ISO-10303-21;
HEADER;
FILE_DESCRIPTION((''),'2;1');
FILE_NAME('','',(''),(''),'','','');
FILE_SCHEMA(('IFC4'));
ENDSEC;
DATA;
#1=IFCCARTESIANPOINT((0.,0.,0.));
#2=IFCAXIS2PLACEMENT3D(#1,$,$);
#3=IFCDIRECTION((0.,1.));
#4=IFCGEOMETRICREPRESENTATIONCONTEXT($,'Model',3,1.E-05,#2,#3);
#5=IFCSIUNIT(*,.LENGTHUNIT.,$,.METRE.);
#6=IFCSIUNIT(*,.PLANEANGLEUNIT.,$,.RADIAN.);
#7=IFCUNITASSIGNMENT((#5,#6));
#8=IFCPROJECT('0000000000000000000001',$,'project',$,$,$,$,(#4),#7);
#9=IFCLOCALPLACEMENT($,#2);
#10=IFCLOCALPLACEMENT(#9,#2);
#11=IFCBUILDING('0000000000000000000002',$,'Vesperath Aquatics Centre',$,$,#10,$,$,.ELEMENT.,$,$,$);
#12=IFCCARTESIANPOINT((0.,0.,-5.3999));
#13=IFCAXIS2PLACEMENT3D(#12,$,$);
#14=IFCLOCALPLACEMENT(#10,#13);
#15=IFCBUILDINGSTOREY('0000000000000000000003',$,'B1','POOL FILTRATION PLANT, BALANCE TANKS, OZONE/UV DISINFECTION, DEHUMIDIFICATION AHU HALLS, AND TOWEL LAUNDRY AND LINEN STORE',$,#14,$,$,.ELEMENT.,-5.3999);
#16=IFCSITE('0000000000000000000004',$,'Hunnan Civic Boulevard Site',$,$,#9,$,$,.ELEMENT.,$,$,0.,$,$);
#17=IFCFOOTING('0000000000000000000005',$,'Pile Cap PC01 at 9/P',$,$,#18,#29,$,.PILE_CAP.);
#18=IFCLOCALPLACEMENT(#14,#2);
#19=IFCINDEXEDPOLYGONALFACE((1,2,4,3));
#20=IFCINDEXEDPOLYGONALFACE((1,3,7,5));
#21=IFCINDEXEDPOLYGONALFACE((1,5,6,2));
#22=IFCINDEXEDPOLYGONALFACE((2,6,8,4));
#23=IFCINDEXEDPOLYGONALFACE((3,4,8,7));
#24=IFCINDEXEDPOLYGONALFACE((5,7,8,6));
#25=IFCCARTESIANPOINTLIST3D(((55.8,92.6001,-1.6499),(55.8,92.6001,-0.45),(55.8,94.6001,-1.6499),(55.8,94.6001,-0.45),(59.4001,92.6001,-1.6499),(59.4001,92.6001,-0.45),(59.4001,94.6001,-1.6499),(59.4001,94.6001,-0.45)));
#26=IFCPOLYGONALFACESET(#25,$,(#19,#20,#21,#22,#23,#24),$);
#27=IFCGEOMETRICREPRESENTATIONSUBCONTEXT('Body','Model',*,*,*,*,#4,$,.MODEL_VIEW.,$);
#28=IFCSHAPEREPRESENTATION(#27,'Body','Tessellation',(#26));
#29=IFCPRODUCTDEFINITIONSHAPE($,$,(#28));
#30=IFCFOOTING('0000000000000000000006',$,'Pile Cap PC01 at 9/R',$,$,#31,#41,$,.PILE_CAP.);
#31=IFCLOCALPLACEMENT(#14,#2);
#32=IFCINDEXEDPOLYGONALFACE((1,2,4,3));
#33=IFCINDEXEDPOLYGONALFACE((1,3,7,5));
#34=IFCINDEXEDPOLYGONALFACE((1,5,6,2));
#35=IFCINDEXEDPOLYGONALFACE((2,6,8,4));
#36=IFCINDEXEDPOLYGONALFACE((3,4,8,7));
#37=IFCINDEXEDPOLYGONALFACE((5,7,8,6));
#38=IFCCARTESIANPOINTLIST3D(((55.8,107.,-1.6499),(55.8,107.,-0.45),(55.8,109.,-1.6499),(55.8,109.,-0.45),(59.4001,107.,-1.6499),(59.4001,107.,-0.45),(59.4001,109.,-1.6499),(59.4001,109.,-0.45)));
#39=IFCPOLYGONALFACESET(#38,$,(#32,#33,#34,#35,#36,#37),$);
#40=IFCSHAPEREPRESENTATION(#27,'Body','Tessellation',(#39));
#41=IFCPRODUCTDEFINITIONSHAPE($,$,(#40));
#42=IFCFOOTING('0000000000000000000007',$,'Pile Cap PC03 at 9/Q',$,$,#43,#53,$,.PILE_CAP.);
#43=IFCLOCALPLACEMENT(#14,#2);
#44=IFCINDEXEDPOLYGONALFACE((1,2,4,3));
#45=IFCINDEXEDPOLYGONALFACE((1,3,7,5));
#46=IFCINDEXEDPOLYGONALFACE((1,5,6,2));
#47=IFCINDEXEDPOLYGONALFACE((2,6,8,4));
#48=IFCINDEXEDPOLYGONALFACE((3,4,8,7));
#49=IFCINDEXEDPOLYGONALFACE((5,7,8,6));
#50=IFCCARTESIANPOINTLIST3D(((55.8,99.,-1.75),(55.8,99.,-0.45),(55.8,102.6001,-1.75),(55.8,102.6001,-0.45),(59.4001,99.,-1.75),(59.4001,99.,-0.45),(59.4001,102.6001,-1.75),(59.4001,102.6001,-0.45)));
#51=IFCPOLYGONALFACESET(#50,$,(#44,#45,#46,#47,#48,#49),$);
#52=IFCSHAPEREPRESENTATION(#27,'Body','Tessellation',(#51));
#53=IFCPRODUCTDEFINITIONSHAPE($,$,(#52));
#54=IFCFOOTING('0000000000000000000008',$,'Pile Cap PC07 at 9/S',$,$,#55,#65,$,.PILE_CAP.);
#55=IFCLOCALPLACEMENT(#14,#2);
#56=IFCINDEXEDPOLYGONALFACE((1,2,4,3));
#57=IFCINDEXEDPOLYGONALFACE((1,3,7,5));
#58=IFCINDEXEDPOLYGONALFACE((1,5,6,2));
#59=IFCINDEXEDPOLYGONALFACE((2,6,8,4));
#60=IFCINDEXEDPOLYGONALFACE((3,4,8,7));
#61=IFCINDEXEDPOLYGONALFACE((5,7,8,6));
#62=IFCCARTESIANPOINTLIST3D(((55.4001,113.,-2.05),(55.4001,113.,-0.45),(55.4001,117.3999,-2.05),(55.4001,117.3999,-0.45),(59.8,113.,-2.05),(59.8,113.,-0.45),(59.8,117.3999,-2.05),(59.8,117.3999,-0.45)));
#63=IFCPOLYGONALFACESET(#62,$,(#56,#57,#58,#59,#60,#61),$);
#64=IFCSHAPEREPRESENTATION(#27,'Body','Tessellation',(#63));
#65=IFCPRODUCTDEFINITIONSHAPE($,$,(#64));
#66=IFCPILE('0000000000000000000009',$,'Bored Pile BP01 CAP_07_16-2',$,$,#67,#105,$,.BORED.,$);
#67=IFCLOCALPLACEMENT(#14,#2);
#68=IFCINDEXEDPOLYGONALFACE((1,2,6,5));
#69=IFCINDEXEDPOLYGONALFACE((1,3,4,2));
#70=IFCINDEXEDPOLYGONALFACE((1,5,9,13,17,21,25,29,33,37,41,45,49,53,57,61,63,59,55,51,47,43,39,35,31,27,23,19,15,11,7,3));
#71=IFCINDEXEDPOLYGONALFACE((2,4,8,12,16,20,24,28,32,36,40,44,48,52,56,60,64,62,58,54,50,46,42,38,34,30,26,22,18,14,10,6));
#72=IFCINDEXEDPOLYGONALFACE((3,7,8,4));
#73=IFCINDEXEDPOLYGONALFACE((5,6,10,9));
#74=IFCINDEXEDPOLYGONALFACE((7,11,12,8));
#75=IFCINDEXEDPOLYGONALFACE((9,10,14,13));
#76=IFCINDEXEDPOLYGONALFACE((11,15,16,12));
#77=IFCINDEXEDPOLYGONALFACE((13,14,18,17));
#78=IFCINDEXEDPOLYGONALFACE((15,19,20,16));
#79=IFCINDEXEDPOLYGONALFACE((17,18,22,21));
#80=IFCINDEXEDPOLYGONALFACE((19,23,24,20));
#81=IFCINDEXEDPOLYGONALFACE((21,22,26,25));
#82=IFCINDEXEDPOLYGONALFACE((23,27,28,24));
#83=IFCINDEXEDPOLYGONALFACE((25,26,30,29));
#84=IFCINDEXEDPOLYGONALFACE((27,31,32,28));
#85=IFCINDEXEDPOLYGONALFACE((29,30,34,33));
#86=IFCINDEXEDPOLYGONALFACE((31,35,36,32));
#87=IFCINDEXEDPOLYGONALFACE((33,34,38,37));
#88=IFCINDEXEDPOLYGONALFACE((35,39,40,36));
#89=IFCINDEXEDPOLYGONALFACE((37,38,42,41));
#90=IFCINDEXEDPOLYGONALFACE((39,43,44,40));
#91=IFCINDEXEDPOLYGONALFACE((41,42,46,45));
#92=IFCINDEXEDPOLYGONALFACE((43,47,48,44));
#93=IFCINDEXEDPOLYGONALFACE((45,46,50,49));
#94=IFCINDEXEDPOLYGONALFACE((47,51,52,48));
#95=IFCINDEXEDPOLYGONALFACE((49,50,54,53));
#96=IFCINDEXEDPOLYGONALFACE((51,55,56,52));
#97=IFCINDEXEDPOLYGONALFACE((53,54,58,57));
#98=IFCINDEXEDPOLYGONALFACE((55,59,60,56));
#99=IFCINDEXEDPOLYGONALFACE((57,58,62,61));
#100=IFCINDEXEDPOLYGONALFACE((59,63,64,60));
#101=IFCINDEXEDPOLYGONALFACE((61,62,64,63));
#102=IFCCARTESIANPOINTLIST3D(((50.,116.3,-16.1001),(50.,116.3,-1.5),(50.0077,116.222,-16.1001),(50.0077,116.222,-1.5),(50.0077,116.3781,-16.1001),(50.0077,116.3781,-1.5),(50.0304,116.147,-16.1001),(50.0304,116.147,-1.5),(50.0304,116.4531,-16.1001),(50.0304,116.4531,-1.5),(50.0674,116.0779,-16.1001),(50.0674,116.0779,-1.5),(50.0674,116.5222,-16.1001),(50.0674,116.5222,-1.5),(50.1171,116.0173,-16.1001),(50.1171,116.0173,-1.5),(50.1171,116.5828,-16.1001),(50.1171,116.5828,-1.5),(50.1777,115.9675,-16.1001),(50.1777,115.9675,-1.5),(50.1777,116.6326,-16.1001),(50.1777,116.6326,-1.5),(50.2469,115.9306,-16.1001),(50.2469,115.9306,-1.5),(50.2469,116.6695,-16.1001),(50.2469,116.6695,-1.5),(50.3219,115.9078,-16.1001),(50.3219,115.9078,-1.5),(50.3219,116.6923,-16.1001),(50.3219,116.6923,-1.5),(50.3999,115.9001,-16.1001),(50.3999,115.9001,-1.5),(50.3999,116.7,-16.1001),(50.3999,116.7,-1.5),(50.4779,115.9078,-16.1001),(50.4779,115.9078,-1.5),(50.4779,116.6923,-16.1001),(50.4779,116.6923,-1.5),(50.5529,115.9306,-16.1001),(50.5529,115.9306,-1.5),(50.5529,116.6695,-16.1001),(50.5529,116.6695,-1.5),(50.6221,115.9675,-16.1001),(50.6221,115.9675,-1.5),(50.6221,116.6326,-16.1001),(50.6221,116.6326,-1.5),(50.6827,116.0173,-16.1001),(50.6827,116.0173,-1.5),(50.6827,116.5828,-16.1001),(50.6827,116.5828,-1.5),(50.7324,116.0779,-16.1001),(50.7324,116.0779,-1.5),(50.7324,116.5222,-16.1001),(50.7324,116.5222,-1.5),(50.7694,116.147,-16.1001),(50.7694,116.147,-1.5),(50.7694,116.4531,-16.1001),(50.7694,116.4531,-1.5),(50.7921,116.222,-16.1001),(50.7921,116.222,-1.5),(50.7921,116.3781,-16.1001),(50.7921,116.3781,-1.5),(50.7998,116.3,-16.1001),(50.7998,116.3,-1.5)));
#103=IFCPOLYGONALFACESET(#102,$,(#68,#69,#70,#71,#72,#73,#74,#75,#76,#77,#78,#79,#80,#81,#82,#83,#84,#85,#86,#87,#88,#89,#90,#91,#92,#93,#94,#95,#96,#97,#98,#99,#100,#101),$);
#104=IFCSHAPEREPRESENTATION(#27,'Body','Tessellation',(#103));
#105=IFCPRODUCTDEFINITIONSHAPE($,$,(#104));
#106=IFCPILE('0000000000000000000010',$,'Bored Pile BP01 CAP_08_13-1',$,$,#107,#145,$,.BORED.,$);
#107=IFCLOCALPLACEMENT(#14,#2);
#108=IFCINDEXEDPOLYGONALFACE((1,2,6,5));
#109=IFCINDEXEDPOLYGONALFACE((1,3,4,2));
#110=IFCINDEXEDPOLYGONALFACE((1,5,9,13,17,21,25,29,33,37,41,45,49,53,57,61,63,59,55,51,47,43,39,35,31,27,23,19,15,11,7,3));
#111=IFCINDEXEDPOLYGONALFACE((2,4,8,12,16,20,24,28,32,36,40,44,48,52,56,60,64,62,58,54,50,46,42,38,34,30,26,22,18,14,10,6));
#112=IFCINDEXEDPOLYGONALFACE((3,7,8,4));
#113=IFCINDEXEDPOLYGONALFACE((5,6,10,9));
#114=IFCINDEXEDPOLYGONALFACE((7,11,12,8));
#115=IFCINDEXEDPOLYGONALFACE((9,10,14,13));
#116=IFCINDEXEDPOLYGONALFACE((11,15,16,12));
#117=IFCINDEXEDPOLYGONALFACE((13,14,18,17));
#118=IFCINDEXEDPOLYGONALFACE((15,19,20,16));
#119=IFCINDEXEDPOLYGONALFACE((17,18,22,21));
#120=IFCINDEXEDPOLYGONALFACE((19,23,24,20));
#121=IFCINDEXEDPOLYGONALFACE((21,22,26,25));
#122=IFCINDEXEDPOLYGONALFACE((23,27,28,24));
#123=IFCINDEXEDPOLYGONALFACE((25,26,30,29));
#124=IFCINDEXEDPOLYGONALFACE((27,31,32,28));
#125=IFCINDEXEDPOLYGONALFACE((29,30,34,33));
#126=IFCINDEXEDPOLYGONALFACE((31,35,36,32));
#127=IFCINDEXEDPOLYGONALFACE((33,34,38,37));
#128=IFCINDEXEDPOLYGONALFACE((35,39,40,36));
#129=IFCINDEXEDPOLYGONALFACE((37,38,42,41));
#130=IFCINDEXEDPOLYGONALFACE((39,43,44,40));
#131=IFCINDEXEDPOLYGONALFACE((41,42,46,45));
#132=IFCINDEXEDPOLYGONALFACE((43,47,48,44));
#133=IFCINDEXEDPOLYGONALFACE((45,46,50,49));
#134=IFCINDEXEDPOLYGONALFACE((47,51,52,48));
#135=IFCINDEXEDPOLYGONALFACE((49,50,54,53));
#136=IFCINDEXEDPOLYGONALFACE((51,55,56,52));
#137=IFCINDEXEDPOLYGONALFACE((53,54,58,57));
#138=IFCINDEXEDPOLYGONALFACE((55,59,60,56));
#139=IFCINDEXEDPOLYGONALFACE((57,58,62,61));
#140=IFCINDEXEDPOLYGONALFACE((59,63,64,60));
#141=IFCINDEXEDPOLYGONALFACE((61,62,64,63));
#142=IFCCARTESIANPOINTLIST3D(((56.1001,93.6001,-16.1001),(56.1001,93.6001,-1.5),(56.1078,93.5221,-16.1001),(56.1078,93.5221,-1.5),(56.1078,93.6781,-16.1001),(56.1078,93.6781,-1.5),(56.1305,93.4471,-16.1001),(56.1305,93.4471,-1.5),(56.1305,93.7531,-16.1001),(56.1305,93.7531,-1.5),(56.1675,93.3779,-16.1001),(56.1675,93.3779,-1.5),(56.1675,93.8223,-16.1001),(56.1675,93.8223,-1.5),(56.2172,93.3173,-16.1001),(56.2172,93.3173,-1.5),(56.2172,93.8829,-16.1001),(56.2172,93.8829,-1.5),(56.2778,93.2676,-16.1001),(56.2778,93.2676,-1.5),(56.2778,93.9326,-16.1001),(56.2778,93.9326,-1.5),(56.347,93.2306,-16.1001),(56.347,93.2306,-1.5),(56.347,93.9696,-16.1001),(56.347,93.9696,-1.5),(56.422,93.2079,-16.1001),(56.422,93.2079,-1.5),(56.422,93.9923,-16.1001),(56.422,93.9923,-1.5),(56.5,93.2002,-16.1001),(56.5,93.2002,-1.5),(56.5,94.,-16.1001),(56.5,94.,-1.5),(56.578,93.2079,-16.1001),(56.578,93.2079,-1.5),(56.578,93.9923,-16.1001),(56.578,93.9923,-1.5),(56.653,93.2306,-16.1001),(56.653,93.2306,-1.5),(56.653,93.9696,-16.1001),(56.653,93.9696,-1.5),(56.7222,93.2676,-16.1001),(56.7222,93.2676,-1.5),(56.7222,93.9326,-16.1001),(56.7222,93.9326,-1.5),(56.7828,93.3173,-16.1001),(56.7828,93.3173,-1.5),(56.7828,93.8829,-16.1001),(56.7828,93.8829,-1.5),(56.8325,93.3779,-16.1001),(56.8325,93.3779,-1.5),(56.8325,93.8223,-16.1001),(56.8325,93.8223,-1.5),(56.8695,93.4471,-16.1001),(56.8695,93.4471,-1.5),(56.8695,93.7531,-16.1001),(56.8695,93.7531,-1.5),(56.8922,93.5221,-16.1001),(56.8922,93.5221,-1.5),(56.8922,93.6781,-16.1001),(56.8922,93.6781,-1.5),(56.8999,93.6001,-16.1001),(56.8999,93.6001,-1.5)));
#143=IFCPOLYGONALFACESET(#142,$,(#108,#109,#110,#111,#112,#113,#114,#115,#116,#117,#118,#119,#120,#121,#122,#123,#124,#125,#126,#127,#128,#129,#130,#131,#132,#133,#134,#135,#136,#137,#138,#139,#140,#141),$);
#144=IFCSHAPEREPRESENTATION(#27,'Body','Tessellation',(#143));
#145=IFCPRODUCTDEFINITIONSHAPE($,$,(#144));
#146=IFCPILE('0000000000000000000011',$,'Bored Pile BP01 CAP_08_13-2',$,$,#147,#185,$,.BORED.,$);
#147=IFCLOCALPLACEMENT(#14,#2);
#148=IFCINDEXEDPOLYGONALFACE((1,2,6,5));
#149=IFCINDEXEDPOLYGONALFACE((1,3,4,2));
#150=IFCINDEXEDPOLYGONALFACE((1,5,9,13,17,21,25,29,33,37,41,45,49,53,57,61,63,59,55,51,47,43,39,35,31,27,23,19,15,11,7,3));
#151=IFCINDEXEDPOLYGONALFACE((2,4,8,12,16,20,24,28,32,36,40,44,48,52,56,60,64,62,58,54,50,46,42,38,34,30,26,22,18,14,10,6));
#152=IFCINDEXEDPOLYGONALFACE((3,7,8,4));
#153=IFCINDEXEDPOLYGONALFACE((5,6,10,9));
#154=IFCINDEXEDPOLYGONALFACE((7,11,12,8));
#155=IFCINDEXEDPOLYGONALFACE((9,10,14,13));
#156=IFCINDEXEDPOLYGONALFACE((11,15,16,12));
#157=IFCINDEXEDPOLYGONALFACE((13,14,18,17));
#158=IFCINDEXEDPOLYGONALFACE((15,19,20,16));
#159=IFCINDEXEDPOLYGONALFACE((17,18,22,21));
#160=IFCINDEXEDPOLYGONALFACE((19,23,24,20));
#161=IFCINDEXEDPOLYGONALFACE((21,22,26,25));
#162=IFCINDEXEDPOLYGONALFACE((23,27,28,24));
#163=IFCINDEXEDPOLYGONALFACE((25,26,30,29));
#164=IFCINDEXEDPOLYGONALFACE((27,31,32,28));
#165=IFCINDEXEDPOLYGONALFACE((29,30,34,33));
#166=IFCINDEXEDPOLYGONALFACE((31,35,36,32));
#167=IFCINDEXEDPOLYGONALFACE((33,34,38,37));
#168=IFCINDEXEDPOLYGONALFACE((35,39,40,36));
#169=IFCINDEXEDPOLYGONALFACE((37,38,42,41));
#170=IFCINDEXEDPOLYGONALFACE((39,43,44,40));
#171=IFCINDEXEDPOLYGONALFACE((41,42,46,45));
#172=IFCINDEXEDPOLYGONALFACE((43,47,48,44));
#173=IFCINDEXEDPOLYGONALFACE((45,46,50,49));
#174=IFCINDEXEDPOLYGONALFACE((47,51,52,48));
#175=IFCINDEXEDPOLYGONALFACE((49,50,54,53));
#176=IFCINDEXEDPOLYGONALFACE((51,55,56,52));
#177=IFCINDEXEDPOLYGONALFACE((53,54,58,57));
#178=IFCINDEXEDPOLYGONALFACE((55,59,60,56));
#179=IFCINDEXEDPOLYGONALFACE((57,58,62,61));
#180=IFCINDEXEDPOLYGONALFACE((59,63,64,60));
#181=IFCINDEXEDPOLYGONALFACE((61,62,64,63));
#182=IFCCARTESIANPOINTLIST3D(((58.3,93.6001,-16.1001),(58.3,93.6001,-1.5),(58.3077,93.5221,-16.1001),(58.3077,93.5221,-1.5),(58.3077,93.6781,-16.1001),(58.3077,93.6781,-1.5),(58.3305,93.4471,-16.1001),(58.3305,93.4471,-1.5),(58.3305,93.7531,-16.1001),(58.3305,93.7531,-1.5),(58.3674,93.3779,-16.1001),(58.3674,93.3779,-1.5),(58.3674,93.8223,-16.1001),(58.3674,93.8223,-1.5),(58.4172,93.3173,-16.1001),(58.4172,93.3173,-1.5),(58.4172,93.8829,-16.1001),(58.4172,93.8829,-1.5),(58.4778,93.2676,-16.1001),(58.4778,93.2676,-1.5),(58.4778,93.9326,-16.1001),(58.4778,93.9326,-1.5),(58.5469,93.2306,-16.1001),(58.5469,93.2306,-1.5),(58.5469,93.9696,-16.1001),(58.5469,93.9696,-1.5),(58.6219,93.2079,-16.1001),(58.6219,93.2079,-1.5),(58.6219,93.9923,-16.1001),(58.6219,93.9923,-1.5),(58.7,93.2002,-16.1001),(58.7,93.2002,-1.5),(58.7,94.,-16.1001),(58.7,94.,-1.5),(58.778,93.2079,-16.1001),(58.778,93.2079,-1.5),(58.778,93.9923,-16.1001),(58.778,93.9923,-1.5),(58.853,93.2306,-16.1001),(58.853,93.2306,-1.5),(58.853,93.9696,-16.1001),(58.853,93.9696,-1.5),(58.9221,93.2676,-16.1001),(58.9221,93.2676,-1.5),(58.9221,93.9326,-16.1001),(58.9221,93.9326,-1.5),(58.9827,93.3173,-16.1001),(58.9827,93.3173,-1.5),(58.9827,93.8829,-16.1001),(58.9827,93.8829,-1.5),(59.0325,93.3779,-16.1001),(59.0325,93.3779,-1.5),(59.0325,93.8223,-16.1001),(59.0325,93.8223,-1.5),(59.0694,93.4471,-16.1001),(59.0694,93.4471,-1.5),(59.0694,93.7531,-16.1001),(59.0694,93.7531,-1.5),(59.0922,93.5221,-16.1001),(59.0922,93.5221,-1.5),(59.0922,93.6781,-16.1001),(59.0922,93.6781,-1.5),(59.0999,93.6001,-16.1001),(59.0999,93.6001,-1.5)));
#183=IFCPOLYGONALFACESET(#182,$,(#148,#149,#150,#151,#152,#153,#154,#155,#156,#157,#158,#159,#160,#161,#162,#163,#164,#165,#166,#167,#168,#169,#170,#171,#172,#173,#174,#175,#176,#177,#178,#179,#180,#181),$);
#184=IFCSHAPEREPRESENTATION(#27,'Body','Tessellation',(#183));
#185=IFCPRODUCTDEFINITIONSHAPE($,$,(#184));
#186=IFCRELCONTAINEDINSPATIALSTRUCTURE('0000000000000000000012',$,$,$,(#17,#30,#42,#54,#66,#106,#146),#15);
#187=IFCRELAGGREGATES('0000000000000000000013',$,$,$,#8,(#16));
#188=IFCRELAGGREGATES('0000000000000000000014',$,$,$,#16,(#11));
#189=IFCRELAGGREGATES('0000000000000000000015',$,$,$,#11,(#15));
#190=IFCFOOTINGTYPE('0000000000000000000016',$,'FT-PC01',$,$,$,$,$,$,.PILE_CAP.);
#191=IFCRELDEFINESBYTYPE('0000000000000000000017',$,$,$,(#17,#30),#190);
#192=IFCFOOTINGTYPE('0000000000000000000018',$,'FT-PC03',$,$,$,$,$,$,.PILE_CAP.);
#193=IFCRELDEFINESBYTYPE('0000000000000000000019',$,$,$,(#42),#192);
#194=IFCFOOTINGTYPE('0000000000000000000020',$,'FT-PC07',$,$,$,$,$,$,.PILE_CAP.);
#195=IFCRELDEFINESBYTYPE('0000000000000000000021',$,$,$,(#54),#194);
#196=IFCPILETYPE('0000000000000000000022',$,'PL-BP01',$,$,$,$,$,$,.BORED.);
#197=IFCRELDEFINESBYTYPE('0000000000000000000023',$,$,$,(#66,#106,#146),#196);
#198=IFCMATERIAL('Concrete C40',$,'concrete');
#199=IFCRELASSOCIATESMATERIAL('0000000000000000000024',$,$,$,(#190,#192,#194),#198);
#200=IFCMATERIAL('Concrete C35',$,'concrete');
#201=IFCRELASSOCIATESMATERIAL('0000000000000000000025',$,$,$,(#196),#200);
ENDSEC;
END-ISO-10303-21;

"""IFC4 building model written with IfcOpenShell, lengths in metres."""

from ifc_helpers import new_model, si_unit, direction, frame, origin, origin_2d, place, context, subcontext, project, spatial, rectangle, circle, extrude, material, material_profile, profile_set, type_object, element, save


model = new_model("IFC4")

# Units and contexts
model_context = context("Model", 3, precision=1e-05, world=origin(), true_north=direction((0.0, 1.0)))
body_context = subcontext(model_context, "Body", "Model", "MODEL_VIEW")
ifc_project = project(units=[si_unit("LENGTHUNIT", "METRE"), si_unit("PLANEANGLEUNIT", "RADIAN")], contexts=[model_context])

# Site, building, storey
site_placement = place(None, origin())
site = spatial("IfcSite", under=ifc_project, at=site_placement, Name="Hunnan Civic Boulevard Site", CompositionType="ELEMENT", RefElevation=0.0)
building_placement = place(site_placement, origin())
building = spatial("IfcBuilding", under=site, at=building_placement, Name="Vesperath Aquatics Centre", CompositionType="ELEMENT")
storey_placement = place(building_placement, frame((0.0, 0.0, -5.3999)))
storey = spatial("IfcBuildingStorey", under=building, at=storey_placement, Name="B1", Description="POOL FILTRATION PLANT, BALANCE TANKS, OZONE/UV DISINFECTION, DEHUMIDIFICATION AHU HALLS, AND TOWEL LAUNDRY AND LINEN STORE", CompositionType="ELEMENT", Elevation=-5.3999)

# Footings
ifc_material_1 = material(Name="Concrete C40", Category="concrete")
footing_type_1 = type_object("IfcFootingType", Name="FT-PC01", PredefinedType="PILE_CAP", material=ifc_material_1)
for number, where, z_axis, x_axis, name in (
    (1, (57.6001, 93.6001, -1.6499), (0.0, 0.0, 1.0), (1.0, 0.0, 0.0), "Pile Cap PC01 at 9/P"),
    (2, (57.6001, 108.0, -1.6499), (0.0, 0.0, 1.0), (1.0, 0.0, 0.0), "Pile Cap PC01 at 9/R"),
):
    element("IfcFooting", number, at=place(storey_placement, frame(where, z_axis=z_axis, x_axis=x_axis)), inside=storey, type_object=footing_type_1, Name=name, PredefinedType="PILE_CAP", context=body_context, shape_type="SweptSolid", body=[
        extrude(rectangle(XDim=3.6001, YDim=2.0, at=origin_2d()), origin(), (0.0, 0.0, 1.0), 1.2),
    ])
footing_type_2 = type_object("IfcFootingType", Name="FT-PC03", PredefinedType="PILE_CAP", material=ifc_material_1)
footing_1_placement = place(storey_placement, frame((57.6001, 100.8, -1.75), z_axis=(0.0, 0.0, 1.0), x_axis=(1.0, 0.0, 0.0)))
element("IfcFooting", 3, at=footing_1_placement, inside=storey, type_object=footing_type_2, Name="Pile Cap PC03 at 9/Q", PredefinedType="PILE_CAP", context=body_context, shape_type="SweptSolid", body=[
    extrude(rectangle(XDim=3.6001, YDim=3.6001, at=origin_2d()), origin(), (0.0, 0.0, 1.0), 1.3),
])
footing_type_3 = type_object("IfcFootingType", Name="FT-PC07", PredefinedType="PILE_CAP", material=ifc_material_1)
footing_2_placement = place(storey_placement, frame((57.6001, 115.2, -2.05), z_axis=(0.0, 0.0, 1.0), x_axis=(1.0, 0.0, 0.0)))
element("IfcFooting", 4, at=footing_2_placement, inside=storey, type_object=footing_type_3, Name="Pile Cap PC07 at 9/S", PredefinedType="PILE_CAP", context=body_context, shape_type="SweptSolid", body=[
    extrude(rectangle(XDim=4.3999, YDim=4.3999, at=origin_2d()), origin(), (0.0, 0.0, 1.0), 1.6001),
])

# Piles
ifc_material_2 = material(Name="Concrete C35", Category="concrete")
ifc_material_profile_1 = material_profile(ifc_material_2, circle(Radius=0.3999, at=origin_2d()), Name="PILE D800")
ifc_profile_set_1 = profile_set([ifc_material_profile_1], Name="Concrete C35")
pile_type_1 = type_object("IfcPileType", Name="PL-BP01", PredefinedType="BORED", material=ifc_profile_set_1)
for number, where, z_axis, x_axis, name in (
    (5, (50.3999, 116.3, -1.5), (0.0, 0.0, -1.0), (1.0, 0.0, 0.0), "Bored Pile BP01 CAP_07_16-2"),
    (6, (56.5, 93.6001, -1.5), (0.0, 0.0, -1.0), (1.0, 0.0, 0.0), "Bored Pile BP01 CAP_08_13-1"),
    (7, (58.7, 93.6001, -1.5), (0.0, 0.0, -1.0), (1.0, 0.0, 0.0), "Bored Pile BP01 CAP_08_13-2"),
):
    element("IfcPile", number, at=place(storey_placement, frame(where, z_axis=z_axis, x_axis=x_axis)), inside=storey, type_object=pile_type_1, Name=name, PredefinedType="BORED", context=body_context, shape_type="SweptSolid", body=[
        extrude(circle(Radius=0.3999, at=origin_2d()), origin(), (0.0, 0.0, 1.0), 14.6001),
    ])

save(model, "model.ifc")
